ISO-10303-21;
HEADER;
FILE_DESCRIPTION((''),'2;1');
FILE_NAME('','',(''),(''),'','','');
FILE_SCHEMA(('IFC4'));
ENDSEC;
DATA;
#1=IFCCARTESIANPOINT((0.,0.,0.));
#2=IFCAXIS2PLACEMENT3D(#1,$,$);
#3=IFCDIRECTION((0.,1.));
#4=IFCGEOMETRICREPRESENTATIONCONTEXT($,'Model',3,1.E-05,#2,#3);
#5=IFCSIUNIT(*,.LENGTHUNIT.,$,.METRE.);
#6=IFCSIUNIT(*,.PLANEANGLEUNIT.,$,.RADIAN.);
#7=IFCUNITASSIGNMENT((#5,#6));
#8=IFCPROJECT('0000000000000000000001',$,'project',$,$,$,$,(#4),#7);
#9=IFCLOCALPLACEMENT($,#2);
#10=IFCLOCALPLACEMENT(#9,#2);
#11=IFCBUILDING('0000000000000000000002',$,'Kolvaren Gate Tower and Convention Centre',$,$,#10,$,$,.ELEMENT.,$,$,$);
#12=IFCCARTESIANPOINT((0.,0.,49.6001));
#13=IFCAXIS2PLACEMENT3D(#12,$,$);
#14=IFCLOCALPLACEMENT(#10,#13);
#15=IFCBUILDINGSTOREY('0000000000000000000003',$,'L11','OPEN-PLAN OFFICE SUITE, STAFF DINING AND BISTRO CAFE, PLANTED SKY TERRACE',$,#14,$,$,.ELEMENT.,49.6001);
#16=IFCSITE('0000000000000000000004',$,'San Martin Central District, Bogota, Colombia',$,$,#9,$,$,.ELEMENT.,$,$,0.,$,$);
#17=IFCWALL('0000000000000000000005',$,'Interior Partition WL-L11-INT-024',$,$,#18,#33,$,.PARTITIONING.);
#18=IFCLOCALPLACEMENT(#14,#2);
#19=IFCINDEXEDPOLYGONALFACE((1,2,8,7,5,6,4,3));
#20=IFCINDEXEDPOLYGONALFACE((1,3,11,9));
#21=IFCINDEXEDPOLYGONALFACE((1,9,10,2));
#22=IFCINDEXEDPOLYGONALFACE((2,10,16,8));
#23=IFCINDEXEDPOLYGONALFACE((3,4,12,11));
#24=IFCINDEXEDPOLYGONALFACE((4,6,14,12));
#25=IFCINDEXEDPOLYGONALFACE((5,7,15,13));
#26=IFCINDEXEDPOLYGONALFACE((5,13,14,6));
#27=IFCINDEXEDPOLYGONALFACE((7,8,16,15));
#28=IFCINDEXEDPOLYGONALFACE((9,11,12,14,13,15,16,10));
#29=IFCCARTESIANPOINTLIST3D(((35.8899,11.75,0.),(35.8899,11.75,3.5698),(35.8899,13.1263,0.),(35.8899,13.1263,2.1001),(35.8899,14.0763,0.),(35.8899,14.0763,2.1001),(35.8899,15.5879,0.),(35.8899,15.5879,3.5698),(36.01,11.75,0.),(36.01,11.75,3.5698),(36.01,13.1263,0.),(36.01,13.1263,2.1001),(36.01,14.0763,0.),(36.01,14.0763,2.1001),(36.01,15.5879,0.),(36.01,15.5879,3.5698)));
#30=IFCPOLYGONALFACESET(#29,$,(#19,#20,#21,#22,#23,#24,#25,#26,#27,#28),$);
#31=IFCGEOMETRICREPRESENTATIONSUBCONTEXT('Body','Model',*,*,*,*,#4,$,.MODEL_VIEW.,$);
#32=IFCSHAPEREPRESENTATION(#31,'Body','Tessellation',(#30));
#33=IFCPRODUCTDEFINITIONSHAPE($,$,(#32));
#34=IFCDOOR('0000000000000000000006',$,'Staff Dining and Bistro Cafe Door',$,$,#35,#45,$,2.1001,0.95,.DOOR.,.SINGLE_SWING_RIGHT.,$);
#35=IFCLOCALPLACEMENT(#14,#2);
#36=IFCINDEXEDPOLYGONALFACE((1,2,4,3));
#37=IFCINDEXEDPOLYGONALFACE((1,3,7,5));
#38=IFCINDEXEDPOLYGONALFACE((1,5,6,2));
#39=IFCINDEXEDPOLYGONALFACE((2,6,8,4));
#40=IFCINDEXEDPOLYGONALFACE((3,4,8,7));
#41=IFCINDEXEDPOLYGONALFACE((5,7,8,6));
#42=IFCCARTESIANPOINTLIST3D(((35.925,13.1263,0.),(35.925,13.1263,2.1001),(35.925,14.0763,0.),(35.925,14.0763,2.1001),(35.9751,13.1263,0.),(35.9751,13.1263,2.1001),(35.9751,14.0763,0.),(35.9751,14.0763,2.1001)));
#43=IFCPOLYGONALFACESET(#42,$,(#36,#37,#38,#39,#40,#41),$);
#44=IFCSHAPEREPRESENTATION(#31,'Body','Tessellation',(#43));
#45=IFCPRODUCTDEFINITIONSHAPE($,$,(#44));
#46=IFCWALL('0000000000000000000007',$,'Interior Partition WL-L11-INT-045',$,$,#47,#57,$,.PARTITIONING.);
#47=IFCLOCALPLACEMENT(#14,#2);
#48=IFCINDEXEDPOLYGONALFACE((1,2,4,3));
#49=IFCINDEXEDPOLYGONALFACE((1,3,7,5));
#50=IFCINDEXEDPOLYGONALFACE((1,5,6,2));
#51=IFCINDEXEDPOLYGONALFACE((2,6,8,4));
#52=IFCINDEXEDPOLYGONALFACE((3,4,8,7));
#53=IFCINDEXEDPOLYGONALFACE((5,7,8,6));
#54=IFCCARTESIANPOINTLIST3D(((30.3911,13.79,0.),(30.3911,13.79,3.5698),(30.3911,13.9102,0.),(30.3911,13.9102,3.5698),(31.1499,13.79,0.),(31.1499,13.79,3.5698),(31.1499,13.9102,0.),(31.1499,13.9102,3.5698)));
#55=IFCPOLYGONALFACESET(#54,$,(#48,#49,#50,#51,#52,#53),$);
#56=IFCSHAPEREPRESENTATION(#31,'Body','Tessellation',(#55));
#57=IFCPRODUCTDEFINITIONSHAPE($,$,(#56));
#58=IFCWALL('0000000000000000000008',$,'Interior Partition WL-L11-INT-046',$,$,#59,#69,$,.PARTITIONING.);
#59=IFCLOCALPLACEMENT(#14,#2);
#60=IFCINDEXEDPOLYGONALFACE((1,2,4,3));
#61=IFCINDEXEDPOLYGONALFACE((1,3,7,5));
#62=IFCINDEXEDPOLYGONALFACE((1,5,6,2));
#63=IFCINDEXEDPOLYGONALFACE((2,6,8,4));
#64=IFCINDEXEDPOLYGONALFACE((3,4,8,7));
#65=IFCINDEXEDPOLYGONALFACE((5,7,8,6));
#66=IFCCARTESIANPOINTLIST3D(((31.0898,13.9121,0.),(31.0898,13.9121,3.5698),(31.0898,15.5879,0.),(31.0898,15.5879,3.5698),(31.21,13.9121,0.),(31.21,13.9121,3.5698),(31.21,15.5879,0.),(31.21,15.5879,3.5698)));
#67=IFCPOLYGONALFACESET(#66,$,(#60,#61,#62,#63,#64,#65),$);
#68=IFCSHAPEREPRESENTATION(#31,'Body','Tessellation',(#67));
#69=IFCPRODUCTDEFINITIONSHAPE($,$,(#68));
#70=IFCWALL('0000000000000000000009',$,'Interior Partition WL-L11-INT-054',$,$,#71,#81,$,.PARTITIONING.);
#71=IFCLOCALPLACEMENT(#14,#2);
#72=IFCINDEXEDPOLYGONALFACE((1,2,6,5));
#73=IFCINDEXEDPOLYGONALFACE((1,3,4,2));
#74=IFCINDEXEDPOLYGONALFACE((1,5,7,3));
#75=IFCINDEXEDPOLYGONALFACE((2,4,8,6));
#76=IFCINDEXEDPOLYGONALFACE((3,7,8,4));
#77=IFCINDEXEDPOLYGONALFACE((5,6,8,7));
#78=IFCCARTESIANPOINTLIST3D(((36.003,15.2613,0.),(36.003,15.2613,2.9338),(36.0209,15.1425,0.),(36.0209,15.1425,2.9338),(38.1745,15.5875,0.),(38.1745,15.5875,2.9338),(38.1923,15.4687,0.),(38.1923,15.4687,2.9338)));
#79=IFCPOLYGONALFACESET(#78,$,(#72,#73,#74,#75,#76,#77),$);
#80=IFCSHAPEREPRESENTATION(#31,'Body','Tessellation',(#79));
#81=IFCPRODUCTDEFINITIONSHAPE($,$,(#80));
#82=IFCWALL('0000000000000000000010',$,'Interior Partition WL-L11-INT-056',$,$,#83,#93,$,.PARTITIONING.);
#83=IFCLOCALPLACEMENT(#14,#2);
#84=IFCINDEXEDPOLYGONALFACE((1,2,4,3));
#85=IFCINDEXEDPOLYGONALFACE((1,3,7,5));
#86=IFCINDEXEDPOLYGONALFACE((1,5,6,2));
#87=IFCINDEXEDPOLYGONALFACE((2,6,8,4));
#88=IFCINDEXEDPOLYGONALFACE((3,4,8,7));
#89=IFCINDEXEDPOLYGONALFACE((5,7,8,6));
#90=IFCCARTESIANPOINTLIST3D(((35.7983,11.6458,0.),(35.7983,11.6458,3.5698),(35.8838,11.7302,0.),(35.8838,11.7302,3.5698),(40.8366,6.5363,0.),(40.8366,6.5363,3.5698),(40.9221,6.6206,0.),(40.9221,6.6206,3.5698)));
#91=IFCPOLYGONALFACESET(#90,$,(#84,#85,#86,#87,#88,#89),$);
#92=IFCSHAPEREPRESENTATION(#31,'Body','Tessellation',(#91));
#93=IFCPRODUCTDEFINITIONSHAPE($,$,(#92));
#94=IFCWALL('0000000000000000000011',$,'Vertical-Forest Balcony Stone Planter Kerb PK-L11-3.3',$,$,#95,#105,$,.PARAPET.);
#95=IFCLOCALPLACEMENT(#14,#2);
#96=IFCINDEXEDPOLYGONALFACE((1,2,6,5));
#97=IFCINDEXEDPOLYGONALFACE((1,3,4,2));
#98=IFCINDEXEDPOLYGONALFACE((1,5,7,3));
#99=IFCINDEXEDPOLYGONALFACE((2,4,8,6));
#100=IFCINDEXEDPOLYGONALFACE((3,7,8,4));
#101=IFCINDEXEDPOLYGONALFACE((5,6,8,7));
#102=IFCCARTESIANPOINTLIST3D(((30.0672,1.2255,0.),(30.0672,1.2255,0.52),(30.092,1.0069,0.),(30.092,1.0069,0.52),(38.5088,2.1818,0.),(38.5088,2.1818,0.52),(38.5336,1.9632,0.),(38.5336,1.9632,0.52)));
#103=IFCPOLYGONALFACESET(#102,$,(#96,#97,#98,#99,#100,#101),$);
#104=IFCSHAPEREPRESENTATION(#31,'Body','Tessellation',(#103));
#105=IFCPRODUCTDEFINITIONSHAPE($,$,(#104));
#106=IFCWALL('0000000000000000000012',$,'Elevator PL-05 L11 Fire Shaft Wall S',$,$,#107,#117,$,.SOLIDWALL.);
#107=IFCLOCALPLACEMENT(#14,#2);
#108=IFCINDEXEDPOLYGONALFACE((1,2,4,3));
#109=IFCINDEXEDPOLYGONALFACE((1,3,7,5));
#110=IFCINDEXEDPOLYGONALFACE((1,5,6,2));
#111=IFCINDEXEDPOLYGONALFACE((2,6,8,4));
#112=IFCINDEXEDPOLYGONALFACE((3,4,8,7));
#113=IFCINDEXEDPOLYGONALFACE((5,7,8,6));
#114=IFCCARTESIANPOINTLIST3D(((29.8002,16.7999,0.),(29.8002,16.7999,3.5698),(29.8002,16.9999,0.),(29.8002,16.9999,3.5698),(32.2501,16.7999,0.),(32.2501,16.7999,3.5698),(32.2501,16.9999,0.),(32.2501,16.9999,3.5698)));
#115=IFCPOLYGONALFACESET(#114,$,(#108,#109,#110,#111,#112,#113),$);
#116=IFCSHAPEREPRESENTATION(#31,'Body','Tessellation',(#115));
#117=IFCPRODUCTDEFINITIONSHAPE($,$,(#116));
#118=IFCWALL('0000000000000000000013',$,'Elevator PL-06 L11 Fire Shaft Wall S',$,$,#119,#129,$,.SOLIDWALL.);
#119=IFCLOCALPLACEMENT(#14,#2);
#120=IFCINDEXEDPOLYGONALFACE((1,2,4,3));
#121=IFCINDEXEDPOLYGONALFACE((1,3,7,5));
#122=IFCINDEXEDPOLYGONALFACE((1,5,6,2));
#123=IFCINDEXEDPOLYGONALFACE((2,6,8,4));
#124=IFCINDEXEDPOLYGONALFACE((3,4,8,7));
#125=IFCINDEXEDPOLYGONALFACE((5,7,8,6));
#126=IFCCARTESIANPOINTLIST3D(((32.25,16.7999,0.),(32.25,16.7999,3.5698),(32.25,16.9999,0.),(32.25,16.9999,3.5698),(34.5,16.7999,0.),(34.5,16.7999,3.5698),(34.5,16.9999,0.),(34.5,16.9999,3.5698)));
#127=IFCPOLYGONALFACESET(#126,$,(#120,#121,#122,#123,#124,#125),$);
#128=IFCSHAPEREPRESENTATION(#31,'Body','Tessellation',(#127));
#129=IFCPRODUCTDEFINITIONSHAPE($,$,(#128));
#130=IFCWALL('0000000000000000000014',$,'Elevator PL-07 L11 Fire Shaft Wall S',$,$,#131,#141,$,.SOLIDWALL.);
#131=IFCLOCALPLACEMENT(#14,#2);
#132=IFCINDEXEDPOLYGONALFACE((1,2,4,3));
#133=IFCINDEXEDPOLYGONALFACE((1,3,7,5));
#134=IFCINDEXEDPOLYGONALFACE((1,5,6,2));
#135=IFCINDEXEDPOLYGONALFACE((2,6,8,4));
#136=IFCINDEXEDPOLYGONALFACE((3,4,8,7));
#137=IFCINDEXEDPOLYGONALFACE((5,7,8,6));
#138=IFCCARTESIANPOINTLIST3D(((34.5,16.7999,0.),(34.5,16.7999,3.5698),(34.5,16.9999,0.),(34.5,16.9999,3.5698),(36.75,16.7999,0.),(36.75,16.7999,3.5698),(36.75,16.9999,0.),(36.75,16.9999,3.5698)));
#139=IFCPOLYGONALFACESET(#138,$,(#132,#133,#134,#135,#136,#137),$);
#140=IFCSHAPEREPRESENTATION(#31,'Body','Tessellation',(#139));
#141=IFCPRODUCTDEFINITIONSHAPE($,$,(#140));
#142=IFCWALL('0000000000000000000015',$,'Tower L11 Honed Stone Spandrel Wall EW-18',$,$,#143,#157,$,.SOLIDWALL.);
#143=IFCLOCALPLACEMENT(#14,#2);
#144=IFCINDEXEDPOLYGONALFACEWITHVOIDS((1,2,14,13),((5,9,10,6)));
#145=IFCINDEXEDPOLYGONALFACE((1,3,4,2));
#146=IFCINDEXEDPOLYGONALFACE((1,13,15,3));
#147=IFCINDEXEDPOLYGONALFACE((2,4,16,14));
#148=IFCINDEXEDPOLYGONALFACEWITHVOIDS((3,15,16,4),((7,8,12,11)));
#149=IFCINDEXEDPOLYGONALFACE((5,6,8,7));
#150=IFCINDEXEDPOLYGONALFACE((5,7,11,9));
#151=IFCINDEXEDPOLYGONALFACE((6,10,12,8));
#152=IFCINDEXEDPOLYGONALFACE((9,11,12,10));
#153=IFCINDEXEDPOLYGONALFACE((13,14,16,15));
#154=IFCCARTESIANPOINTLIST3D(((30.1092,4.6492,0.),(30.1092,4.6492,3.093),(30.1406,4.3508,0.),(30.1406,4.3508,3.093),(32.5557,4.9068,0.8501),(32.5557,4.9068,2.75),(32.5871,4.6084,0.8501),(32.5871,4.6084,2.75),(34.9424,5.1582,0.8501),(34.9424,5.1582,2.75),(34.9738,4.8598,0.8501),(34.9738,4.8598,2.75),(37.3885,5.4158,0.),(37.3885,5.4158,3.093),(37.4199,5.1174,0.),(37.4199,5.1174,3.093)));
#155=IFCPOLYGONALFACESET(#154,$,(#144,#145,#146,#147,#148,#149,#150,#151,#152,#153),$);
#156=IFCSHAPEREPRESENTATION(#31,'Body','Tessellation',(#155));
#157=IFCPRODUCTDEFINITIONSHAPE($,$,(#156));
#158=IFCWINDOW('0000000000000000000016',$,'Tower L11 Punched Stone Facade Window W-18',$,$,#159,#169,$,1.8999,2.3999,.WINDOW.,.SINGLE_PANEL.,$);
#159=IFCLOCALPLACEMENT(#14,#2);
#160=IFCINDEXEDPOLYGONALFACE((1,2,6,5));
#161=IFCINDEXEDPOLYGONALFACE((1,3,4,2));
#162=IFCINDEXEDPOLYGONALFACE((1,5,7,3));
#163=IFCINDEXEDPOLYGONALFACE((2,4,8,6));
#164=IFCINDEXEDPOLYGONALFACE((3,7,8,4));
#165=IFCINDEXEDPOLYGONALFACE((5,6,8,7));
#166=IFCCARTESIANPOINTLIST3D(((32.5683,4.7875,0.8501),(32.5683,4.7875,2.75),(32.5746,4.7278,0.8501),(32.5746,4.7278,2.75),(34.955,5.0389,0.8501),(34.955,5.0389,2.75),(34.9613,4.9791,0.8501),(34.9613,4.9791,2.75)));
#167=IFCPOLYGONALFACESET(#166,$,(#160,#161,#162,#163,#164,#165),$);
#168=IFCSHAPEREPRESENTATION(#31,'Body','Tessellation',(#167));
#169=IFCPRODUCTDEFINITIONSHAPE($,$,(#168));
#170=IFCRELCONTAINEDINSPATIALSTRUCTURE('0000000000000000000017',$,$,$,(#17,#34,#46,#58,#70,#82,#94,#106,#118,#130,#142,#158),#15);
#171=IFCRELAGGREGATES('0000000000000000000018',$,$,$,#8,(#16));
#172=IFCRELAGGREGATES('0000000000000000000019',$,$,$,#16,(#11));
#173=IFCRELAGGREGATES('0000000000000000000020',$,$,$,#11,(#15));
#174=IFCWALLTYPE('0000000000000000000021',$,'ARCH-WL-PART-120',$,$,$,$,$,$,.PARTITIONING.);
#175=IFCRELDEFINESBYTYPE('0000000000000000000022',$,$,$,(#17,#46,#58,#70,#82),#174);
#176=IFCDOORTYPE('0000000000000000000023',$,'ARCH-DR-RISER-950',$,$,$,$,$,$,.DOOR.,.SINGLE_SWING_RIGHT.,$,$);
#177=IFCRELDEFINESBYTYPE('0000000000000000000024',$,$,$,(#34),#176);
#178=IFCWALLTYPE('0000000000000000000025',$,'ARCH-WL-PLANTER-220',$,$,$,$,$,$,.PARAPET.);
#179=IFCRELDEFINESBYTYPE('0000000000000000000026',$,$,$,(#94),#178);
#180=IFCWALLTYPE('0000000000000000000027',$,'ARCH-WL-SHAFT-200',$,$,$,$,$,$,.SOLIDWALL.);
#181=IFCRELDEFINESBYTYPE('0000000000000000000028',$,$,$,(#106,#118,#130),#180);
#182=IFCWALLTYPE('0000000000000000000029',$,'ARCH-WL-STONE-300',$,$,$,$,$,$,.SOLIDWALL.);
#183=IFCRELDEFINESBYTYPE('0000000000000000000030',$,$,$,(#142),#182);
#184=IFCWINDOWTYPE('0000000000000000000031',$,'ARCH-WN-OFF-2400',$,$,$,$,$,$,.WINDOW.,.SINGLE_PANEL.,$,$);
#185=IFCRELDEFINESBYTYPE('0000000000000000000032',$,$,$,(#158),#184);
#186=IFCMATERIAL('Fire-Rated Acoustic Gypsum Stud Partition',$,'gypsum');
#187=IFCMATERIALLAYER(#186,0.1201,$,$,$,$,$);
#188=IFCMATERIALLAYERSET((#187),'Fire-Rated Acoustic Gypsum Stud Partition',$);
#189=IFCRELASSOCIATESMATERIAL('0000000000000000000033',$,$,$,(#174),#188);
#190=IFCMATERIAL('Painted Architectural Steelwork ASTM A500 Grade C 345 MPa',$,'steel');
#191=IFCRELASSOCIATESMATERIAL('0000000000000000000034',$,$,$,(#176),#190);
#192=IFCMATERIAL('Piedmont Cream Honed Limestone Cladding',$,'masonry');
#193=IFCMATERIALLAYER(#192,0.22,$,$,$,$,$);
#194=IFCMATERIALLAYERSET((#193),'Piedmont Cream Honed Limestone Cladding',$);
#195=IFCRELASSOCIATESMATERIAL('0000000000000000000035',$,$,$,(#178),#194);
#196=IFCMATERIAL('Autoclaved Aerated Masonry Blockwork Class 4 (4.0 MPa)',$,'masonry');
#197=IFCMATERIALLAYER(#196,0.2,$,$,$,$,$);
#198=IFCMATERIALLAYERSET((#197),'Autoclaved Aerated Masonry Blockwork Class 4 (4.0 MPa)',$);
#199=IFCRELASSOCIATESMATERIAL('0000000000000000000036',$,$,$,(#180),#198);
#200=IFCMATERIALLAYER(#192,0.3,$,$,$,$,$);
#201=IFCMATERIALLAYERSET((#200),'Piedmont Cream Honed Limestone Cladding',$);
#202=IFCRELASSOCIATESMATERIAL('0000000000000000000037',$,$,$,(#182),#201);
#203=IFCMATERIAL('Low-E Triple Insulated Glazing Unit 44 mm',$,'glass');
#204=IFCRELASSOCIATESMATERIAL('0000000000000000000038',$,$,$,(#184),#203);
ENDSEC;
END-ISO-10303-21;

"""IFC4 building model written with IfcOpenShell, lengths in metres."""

from ifc_helpers import new_model, si_unit, direction, frame, frame_2d, origin, place, context, subcontext, project, spatial, rectangle, extrude, material, layer, layer_set, type_object, element, fill, save


model = new_model("IFC4")

# Units and contexts
model_context = context("Model", 3, precision=1e-05, world=origin(), true_north=direction((0.0, 1.0)))
body_context = subcontext(model_context, "Body", "Model", "MODEL_VIEW")
ifc_project = project(units=[si_unit("LENGTHUNIT", "METRE"), si_unit("PLANEANGLEUNIT", "RADIAN")], contexts=[model_context])

# Site, building, storey
site_placement = place(None, origin())
site = spatial("IfcSite", under=ifc_project, at=site_placement, Name="San Martin Central District, Bogota, Colombia", CompositionType="ELEMENT", RefElevation=0.0)
building_placement = place(site_placement, origin())
building = spatial("IfcBuilding", under=site, at=building_placement, Name="Kolvaren Gate Tower and Convention Centre", CompositionType="ELEMENT")
storey_placement = place(building_placement, frame((0.0, 0.0, 49.6001)))
storey = spatial("IfcBuildingStorey", under=building, at=storey_placement, Name="L11", Description="OPEN-PLAN OFFICE SUITE, STAFF DINING AND BISTRO CAFE, PLANTED SKY TERRACE", CompositionType="ELEMENT", Elevation=49.6001)

# Shared definitions
ifc_material_1 = material(Name="Fire-Rated Acoustic Gypsum Stud Partition", Category="gypsum")
ifc_layer_1 = layer(ifc_material_1, 0.1201)
ifc_layer_set_1 = layer_set([ifc_layer_1], Name="Fire-Rated Acoustic Gypsum Stud Partition")
wall_type_1 = type_object("IfcWallType", Name="ARCH-WL-PART-120", PredefinedType="PARTITIONING", material=ifc_layer_set_1)

# Wall, opening, door
wall_1_placement = place(storey_placement, frame((35.95, 11.75, 0.0), z_axis=(0.0, 0.0, 1.0), x_axis=(0.0, 1.0, 0.0)))
wall_1 = element("IfcWall", 1, at=wall_1_placement, inside=storey, type_object=wall_type_1, Name="Interior Partition WL-L11-INT-024", PredefinedType="PARTITIONING", context=body_context, shape_type="SweptSolid", body=[
    extrude(rectangle(XDim=3.8379, YDim=0.1201, at=frame_2d((1.9189, 0.0))), origin(), (0.0, 0.0, 1.0), 3.5698),
])
opening_1_placement = place(wall_1_placement, frame((1.3762, 0.0, 0.0)))
opening_1 = element("IfcOpeningElement", 2, at=opening_1_placement, cuts=wall_1, PredefinedType="OPENING", context=body_context, shape_type="SweptSolid", body=[
    extrude(rectangle(XDim=0.95, YDim=2.1001, at=frame_2d((0.4751, 1.05))), frame((0.0, 0.0701, 0.0), z_axis=(0.0, -1.0, 0.0), x_axis=(1.0, 0.0, 0.0)), (0.0, 0.0, 1.0), 0.1401),
])
ifc_material_2 = material(Name="Painted Architectural Steelwork ASTM A500 Grade C 345 MPa", Category="steel")
door_type = type_object("IfcDoorType", Name="ARCH-DR-RISER-950", OperationType="SINGLE_SWING_RIGHT", PredefinedType="DOOR", material=ifc_material_2)
door_placement = place(opening_1_placement, origin())
door = element("IfcDoor", 3, at=door_placement, inside=storey, type_object=door_type, Name="Staff Dining and Bistro Cafe Door", OperationType="SINGLE_SWING_RIGHT", OverallHeight=2.1001, OverallWidth=0.95, PredefinedType="DOOR", context=body_context, shape_type="SweptSolid", body=[
    extrude(rectangle(XDim=0.95, YDim=2.1001, at=frame_2d((0.4751, 1.05))), frame((0.0, 0.0249, 0.0), z_axis=(0.0, -1.0, 0.0), x_axis=(1.0, 0.0, 0.0)), (0.0, 0.0, 1.0), 0.05),
])
fill(opening_1, door)

# Walls
wall_2_placement = place(storey_placement, frame((30.3911, 13.8501, 0.0), z_axis=(0.0, 0.0, 1.0), x_axis=(1.0, 0.0, 0.0)))
element("IfcWall", 4, at=wall_2_placement, inside=storey, type_object=wall_type_1, Name="Interior Partition WL-L11-INT-045", PredefinedType="PARTITIONING", context=body_context, shape_type="SweptSolid", body=[
    extrude(rectangle(XDim=0.7588, YDim=0.1201, at=frame_2d((0.3794, 0.0))), origin(), (0.0, 0.0, 1.0), 3.5698),
])
wall_3_placement = place(storey_placement, frame((31.1499, 13.9121, 0.0), z_axis=(0.0, 0.0, 1.0), x_axis=(0.0, 1.0, 0.0)))
element("IfcWall", 5, at=wall_3_placement, inside=storey, type_object=wall_type_1, Name="Interior Partition WL-L11-INT-046", PredefinedType="PARTITIONING", context=body_context, shape_type="SweptSolid", body=[
    extrude(rectangle(XDim=1.6758, YDim=0.1201, at=frame_2d((0.8379, 0.0))), origin(), (0.0, 0.0, 1.0), 3.5698),
])
wall_4_placement = place(storey_placement, frame((36.012, 15.2019, 0.0), z_axis=(0.0, 0.0, 1.0), x_axis=(0.988905, 0.148547, 0.0)))
element("IfcWall", 6, at=wall_4_placement, inside=storey, type_object=wall_type_1, Name="Interior Partition WL-L11-INT-054", PredefinedType="PARTITIONING", context=body_context, shape_type="SweptSolid", body=[
    extrude(rectangle(XDim=2.1958, YDim=0.1201, at=frame_2d((1.0979, 0.0))), origin(), (0.0, 0.0, 1.0), 2.9338),
])
wall_5_placement = place(storey_placement, frame((35.8411, 11.688, 0.0), z_axis=(0.0, 0.0, 1.0), x_axis=(0.702122, -0.712057, 0.0)))
element("IfcWall", 7, at=wall_5_placement, inside=storey, type_object=wall_type_1, Name="Interior Partition WL-L11-INT-056", PredefinedType="PARTITIONING", context=body_context, shape_type="SweptSolid", body=[
    extrude(rectangle(XDim=7.1758, YDim=0.1201, at=frame_2d((3.5879, 0.0))), origin(), (0.0, 0.0, 1.0), 3.5698),
])
ifc_material_3 = material(Name="Piedmont Cream Honed Limestone Cladding", Category="masonry")
ifc_layer_2 = layer(ifc_material_3, 0.22)
ifc_layer_set_2 = layer_set([ifc_layer_2], Name="Piedmont Cream Honed Limestone Cladding")
wall_type_2 = type_object("IfcWallType", Name="ARCH-WL-PLANTER-220", PredefinedType="PARAPET", material=ifc_layer_set_2)
wall_6_placement = place(storey_placement, frame((30.0796, 1.1162, 0.0), z_axis=(0.0, 0.0, 1.0), x_axis=(0.993645, 0.112563, 0.0)))
element("IfcWall", 8, at=wall_6_placement, inside=storey, type_object=wall_type_2, Name="Vertical-Forest Balcony Stone Planter Kerb PK-L11-3.3", PredefinedType="PARAPET", context=body_context, shape_type="SweptSolid", body=[
    extrude(rectangle(XDim=8.4956, YDim=0.22, at=frame_2d((4.2478, 0.0))), origin(), (0.0, 0.0, 1.0), 0.52),
])
ifc_material_4 = material(Name="Autoclaved Aerated Masonry Blockwork Class 4 (4.0 MPa)", Category="masonry")
ifc_layer_3 = layer(ifc_material_4, 0.2)
ifc_layer_set_3 = layer_set([ifc_layer_3], Name="Autoclaved Aerated Masonry Blockwork Class 4 (4.0 MPa)")
wall_type_3 = type_object("IfcWallType", Name="ARCH-WL-SHAFT-200", PredefinedType="SOLIDWALL", material=ifc_layer_set_3)
wall_7_placement = place(storey_placement, frame((29.8, 16.8999, 0.0), z_axis=(0.0, 0.0, 1.0), x_axis=(1.0, 0.0, 0.0)))
element("IfcWall", 9, at=wall_7_placement, inside=storey, type_object=wall_type_3, Name="Elevator PL-05 L11 Fire Shaft Wall S", PredefinedType="SOLIDWALL", context=body_context, shape_type="SweptSolid", body=[
    extrude(rectangle(XDim=2.45, YDim=0.2, at=frame_2d((1.2251, 0.0))), origin(), (0.0, 0.0, 1.0), 3.5698),
])
for number, where, z_axis, x_axis, name in (
    (10, (32.25, 16.8999, 0.0), (0.0, 0.0, 1.0), (1.0, 0.0, 0.0), "Elevator PL-06 L11 Fire Shaft Wall S"),
    (11, (34.5, 16.8999, 0.0), (0.0, 0.0, 1.0), (1.0, 0.0, 0.0), "Elevator PL-07 L11 Fire Shaft Wall S"),
):
    element("IfcWall", number, at=place(storey_placement, frame(where, z_axis=z_axis, x_axis=x_axis)), inside=storey, type_object=wall_type_3, Name=name, PredefinedType="SOLIDWALL", context=body_context, shape_type="SweptSolid", body=[
        extrude(rectangle(XDim=2.25, YDim=0.2, at=frame_2d((1.125, 0.0))), origin(), (0.0, 0.0, 1.0), 3.5698),
    ])

# Wall, opening, window
ifc_layer_4 = layer(ifc_material_3, 0.3)
ifc_layer_set_4 = layer_set([ifc_layer_4], Name="Piedmont Cream Honed Limestone Cladding")
wall_type_4 = type_object("IfcWallType", Name="ARCH-WL-STONE-300", PredefinedType="SOLIDWALL", material=ifc_layer_set_4)
wall_8_placement = place(storey_placement, frame((30.125, 4.5, 0.0), z_axis=(0.0, 0.0, 1.0), x_axis=(0.9945, 0.104733, 0.0)))
wall_8 = element("IfcWall", 12, at=wall_8_placement, inside=storey, type_object=wall_type_4, Name="Tower L11 Honed Stone Spandrel Wall EW-18", PredefinedType="SOLIDWALL", context=body_context, shape_type="SweptSolid", body=[
    extrude(rectangle(XDim=7.3196, YDim=0.3, at=frame_2d((3.6597, 0.0))), origin(), (0.0, 0.0, 1.0), 3.093),
])
opening_2_placement = place(wall_8_placement, frame((2.46, 0.0, 0.8501)))
opening_2 = element("IfcOpeningElement", 13, at=opening_2_placement, cuts=wall_8, PredefinedType="OPENING", context=body_context, shape_type="SweptSolid", body=[
    extrude(rectangle(XDim=2.3999, YDim=1.8999, at=frame_2d((1.2, 0.95))), frame((0.0, 0.1599, 0.0), z_axis=(0.0, -1.0, 0.0), x_axis=(1.0, 0.0, 0.0)), (0.0, 0.0, 1.0), 0.3201),
])
ifc_material_5 = material(Name="Low-E Triple Insulated Glazing Unit 44 mm", Category="glass")
window_type = type_object("IfcWindowType", Name="ARCH-WN-OFF-2400", PartitioningType="SINGLE_PANEL", PredefinedType="WINDOW", material=ifc_material_5)
window_placement = place(opening_2_placement, origin())
window = element("IfcWindow", 14, at=window_placement, inside=storey, type_object=window_type, Name="Tower L11 Punched Stone Facade Window W-18", OverallHeight=1.8999, OverallWidth=2.3999, PartitioningType="SINGLE_PANEL", PredefinedType="WINDOW", context=body_context, shape_type="SweptSolid", body=[
    extrude(rectangle(XDim=2.3999, YDim=1.8999, at=frame_2d((1.2, 0.95))), frame((0.0, 0.03, 0.0), z_axis=(0.0, -1.0, 0.0), x_axis=(1.0, 0.0, 0.0)), (0.0, 0.0, 1.0), 0.0601),
])
fill(opening_2, window)

save(model, "model.ifc")
